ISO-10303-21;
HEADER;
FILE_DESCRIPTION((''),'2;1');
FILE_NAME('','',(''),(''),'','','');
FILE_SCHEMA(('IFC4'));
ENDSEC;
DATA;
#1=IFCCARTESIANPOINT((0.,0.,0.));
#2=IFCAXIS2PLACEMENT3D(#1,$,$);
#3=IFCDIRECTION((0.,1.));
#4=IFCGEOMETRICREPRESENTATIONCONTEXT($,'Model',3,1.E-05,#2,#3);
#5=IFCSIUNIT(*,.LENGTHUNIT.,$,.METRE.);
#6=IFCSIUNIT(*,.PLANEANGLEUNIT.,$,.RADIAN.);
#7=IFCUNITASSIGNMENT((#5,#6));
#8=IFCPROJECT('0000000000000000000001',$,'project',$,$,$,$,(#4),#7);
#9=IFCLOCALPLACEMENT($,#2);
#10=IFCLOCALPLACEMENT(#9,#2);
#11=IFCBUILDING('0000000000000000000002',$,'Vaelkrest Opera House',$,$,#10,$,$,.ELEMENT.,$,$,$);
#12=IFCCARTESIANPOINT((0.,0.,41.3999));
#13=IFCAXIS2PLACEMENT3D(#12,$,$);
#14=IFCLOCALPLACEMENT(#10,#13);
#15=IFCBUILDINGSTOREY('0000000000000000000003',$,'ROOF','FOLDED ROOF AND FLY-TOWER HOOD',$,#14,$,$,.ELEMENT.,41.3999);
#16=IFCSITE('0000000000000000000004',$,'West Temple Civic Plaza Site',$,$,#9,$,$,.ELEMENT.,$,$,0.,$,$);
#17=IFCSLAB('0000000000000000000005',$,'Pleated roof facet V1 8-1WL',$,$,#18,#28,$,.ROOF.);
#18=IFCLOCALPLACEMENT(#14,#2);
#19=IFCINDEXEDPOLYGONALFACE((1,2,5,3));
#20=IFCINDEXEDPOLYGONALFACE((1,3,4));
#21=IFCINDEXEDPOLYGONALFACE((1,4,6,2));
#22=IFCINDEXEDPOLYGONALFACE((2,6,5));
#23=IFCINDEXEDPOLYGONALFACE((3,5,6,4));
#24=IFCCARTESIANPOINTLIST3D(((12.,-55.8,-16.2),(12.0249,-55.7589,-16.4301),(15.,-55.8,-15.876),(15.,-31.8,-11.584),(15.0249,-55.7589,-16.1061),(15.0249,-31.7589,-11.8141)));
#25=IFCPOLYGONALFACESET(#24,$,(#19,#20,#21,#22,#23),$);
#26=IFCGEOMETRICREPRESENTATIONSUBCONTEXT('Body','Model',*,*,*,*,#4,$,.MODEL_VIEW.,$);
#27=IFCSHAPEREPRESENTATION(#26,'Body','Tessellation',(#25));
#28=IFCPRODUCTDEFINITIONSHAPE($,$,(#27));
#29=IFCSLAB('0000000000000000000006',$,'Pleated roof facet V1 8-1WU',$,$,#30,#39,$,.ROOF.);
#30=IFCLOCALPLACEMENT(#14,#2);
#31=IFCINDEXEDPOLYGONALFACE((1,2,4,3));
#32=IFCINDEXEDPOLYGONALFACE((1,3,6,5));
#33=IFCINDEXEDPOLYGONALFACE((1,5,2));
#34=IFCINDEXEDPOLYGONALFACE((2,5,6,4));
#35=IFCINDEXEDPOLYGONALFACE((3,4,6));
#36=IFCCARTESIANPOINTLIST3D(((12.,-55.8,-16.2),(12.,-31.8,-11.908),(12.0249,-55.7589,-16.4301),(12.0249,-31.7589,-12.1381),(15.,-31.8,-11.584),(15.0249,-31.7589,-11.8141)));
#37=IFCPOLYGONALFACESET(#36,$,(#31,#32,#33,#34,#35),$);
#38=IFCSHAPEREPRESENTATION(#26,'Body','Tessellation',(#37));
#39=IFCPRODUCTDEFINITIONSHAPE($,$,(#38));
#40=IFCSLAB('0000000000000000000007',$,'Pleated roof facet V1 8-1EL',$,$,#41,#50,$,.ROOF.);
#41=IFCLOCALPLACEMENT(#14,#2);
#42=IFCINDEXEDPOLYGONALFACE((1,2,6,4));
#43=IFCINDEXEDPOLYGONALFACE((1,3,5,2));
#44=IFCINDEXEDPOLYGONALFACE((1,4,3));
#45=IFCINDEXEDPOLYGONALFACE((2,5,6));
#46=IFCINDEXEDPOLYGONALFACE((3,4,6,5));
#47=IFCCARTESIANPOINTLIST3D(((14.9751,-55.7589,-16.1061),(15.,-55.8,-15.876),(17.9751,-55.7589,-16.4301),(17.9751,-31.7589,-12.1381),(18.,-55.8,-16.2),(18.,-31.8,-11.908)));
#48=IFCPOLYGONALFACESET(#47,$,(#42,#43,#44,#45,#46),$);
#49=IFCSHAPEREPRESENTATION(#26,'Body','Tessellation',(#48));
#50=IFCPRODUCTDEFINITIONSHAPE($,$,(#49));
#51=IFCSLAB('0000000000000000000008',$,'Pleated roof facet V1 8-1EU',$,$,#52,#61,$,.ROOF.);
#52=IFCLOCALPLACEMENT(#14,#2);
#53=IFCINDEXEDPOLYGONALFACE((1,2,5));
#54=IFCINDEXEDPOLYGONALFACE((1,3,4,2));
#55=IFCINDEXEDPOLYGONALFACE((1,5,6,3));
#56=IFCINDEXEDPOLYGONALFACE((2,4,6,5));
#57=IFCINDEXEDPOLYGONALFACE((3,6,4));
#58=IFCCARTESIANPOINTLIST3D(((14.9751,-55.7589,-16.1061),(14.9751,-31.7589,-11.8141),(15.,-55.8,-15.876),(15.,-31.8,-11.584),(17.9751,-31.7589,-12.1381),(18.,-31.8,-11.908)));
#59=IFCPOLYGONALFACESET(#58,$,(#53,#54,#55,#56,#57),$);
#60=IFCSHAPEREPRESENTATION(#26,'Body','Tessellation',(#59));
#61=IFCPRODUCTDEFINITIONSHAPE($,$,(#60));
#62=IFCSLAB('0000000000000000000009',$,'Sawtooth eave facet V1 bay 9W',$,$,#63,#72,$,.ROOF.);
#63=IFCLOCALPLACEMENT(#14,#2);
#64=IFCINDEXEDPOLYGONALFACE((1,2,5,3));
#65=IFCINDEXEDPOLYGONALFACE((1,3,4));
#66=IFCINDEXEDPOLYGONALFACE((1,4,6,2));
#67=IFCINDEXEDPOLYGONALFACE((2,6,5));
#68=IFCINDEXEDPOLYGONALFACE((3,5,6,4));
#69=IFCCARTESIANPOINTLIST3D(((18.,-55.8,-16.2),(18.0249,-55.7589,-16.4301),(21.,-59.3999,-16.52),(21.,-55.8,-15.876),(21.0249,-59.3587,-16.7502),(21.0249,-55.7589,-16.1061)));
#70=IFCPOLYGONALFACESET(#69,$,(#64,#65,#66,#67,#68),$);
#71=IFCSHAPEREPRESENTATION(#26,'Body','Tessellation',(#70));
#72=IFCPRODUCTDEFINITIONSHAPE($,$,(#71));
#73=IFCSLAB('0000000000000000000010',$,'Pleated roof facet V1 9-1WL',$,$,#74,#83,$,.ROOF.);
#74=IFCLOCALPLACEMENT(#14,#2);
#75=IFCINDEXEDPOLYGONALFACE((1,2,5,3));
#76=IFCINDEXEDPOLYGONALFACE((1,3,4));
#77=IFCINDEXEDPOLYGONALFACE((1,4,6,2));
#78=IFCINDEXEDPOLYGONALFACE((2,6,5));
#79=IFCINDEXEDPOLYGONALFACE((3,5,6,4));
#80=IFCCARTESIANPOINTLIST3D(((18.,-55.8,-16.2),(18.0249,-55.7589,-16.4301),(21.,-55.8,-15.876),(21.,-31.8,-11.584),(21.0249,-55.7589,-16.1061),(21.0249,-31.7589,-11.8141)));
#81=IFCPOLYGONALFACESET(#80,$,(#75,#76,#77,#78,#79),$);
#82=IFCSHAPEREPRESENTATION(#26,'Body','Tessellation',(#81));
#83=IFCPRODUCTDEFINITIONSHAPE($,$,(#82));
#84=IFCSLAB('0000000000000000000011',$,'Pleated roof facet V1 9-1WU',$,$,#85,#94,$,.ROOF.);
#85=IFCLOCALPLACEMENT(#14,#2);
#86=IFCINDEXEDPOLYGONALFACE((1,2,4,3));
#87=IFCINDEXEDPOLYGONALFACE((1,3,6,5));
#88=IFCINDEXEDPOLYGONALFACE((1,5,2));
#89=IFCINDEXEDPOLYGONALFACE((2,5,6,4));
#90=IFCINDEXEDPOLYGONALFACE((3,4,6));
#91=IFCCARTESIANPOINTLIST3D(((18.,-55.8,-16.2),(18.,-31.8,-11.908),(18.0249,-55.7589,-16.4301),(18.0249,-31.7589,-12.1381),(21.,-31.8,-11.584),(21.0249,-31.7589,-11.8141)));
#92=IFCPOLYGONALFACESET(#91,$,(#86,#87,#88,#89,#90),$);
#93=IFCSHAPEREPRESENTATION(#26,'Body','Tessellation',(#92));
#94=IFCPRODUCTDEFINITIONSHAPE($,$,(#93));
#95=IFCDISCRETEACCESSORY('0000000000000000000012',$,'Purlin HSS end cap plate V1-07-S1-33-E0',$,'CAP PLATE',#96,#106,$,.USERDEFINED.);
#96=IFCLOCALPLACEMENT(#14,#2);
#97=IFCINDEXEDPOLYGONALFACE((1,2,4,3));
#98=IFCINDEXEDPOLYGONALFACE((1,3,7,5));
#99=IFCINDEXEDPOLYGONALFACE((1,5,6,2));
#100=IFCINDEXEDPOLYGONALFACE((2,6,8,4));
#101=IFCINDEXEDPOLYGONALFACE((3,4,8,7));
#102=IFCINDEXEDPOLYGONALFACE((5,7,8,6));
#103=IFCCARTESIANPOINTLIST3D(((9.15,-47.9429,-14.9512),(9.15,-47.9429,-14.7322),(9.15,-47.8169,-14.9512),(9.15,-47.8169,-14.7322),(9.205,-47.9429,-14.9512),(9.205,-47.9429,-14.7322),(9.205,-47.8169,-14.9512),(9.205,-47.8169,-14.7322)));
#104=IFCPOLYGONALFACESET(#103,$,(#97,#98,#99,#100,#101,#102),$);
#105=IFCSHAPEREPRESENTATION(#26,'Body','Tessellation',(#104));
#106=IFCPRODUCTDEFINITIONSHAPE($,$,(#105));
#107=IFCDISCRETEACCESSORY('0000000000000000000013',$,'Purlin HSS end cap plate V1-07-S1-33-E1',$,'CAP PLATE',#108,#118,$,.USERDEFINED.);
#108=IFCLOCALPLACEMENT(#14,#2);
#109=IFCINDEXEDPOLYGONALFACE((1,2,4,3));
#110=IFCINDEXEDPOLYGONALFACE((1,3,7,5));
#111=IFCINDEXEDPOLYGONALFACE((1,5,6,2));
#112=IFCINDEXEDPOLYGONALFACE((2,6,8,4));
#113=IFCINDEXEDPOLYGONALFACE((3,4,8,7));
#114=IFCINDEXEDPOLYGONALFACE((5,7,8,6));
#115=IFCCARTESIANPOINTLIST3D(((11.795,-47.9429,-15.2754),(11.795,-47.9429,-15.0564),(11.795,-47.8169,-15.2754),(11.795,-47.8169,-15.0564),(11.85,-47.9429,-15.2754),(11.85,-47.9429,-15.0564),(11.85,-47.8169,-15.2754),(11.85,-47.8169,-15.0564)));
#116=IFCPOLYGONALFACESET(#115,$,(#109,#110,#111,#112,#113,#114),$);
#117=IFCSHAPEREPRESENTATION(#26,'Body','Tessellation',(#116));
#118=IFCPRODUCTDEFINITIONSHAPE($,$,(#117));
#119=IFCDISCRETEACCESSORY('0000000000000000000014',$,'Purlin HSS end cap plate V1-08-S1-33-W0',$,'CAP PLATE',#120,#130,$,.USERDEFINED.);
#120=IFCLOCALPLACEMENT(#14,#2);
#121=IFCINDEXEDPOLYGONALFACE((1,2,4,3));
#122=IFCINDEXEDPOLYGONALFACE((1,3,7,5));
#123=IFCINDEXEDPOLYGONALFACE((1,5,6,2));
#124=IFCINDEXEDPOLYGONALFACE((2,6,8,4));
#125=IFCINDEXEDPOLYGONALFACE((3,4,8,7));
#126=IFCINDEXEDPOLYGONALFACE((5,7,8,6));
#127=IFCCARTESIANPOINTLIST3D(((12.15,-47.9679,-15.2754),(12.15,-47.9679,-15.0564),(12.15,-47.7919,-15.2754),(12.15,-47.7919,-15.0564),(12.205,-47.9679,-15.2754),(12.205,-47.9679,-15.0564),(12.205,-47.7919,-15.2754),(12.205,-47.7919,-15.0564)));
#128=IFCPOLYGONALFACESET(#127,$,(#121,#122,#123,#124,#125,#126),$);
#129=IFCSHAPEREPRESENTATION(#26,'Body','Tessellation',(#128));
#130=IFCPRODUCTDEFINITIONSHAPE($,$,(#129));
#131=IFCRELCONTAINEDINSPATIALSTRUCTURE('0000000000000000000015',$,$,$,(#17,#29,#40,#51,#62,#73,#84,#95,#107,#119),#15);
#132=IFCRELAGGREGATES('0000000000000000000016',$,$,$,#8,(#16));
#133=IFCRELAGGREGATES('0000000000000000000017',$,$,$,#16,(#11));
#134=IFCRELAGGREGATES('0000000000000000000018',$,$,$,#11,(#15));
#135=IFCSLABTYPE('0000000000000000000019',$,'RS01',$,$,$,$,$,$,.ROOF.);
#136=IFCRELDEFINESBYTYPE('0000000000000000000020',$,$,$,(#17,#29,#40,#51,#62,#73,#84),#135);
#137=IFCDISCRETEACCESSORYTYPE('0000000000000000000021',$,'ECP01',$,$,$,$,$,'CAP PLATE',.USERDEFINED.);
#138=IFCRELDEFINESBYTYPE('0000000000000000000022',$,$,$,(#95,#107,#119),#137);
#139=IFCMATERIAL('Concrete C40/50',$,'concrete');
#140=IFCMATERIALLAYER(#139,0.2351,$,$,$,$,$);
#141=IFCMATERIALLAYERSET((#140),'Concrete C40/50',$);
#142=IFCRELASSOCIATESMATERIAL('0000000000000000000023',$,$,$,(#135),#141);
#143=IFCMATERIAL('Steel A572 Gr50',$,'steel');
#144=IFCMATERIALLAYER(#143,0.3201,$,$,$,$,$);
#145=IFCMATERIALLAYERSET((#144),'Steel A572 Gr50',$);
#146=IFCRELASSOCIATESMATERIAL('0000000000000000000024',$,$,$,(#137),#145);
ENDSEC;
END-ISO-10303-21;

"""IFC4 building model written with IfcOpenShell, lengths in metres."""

from ifc_helpers import new_model, si_unit, direction, frame, origin, origin_2d, place, context, subcontext, project, spatial, polyline, rectangle, outline, extrude, material, layer, layer_set, type_object, element, save


model = new_model("IFC4")

# Units and contexts
model_context = context("Model", 3, precision=1e-05, world=origin(), true_north=direction((0.0, 1.0)))
body_context = subcontext(model_context, "Body", "Model", "MODEL_VIEW")
ifc_project = project(units=[si_unit("LENGTHUNIT", "METRE"), si_unit("PLANEANGLEUNIT", "RADIAN")], contexts=[model_context])

# Site, building, storey
site_placement = place(None, origin())
site = spatial("IfcSite", under=ifc_project, at=site_placement, Name="West Temple Civic Plaza Site", CompositionType="ELEMENT", RefElevation=0.0)
building_placement = place(site_placement, origin())
building = spatial("IfcBuilding", under=site, at=building_placement, Name="Vaelkrest Opera House", CompositionType="ELEMENT")
storey_placement = place(building_placement, frame((0.0, 0.0, 41.3999)))
storey = spatial("IfcBuildingStorey", under=building, at=storey_placement, Name="ROOF", Description="FOLDED ROOF AND FLY-TOWER HOOD", CompositionType="ELEMENT", Elevation=41.3999)

# Shared definitions
ifc_material_1 = material(Name="Steel A572 Gr50", Category="steel")

# Slabs
ifc_material_2 = material(Name="Concrete C40/50", Category="concrete")
ifc_layer_1 = layer(ifc_material_2, 0.2351)
ifc_layer_set_1 = layer_set([ifc_layer_1], Name="Concrete C40/50")
slab_type = type_object("IfcSlabType", Name="RS01", PredefinedType="ROOF", material=ifc_layer_set_1)
slab_1_placement = place(storey_placement, frame((12.0, -55.8, -16.2), z_axis=(-0.105709, -0.175054, 0.978868), x_axis=(0.994219, 0.0, 0.107367)))
element("IfcSlab", 1, at=slab_1_placement, inside=storey, type_object=slab_type, Name="Pleated roof facet V1 8-1WL", PredefinedType="ROOF", context=body_context, shape_type="SweptSolid", body=[
    extrude(outline(polyline([(0.0, 0.0), (3.0174, 0.0), (3.4783, 24.3764), (0.0, 0.0)])), origin(), (0.0, 0.0, -1.0), 0.2351),
])
slab_2_placement = place(storey_placement, frame((12.0, -55.8, -16.2), z_axis=(-0.105709, -0.175054, 0.978868), x_axis=(0.121836, 0.974686, 0.187463)))
element("IfcSlab", 2, at=slab_2_placement, inside=storey, type_object=slab_type, Name="Pleated roof facet V1 8-1WU", PredefinedType="ROOF", context=body_context, shape_type="SweptSolid", body=[
    extrude(outline(polyline([(0.0, 0.0), (24.6233, 0.0), (24.1971, 2.9872), (0.0, 0.0)])), origin(), (0.0, 0.0, -1.0), 0.2351),
])
slab_3_placement = place(storey_placement, frame((15.0, -55.8, -15.876), z_axis=(0.105709, -0.175054, 0.978868), x_axis=(0.994219, 0.0, -0.107367)))
element("IfcSlab", 3, at=slab_3_placement, inside=storey, type_object=slab_type, Name="Pleated roof facet V1 8-1EL", PredefinedType="ROOF", context=body_context, shape_type="SweptSolid", body=[
    extrude(outline(polyline([(0.0, 0.0), (3.0174, 0.0), (2.5566, 24.3764), (0.0, 0.0)])), origin(), (0.0, 0.0, -1.0), 0.2351),
])
slab_4_placement = place(storey_placement, frame((15.0, -55.8, -15.876), z_axis=(0.105709, -0.175054, 0.978868), x_axis=(0.122399, 0.979188, 0.161893)))
element("IfcSlab", 4, at=slab_4_placement, inside=storey, type_object=slab_type, Name="Pleated roof facet V1 8-1EU", PredefinedType="ROOF", context=body_context, shape_type="SweptSolid", body=[
    extrude(outline(polyline([(0.0, 0.0), (24.5101, 0.0), (24.1954, 3.001), (0.0, 0.0)])), origin(), (0.0, 0.0, -1.0), 0.2351),
])
slab_5_placement = place(storey_placement, frame((18.0, -55.8, -16.2), z_axis=(-0.105708, -0.175125, 0.978855), x_axis=(0.638712, -0.766423, -0.068144)))
element("IfcSlab", 5, at=slab_5_placement, inside=storey, type_object=slab_type, Name="Sawtooth eave facet V1 bay 9W", PredefinedType="ROOF", context=body_context, shape_type="SweptSolid", body=[
    extrude(outline(polyline([(0.0, 0.0), (4.697, 0.0), (1.8941, 2.3489), (0.0, 0.0)])), origin(), (0.0, 0.0, -1.0), 0.2351),
])
slab_6_placement = place(storey_placement, frame((18.0, -55.8, -16.2), z_axis=(-0.105709, -0.175054, 0.978868), x_axis=(0.994219, 0.0, 0.107367)))
element("IfcSlab", 6, at=slab_6_placement, inside=storey, type_object=slab_type, Name="Pleated roof facet V1 9-1WL", PredefinedType="ROOF", context=body_context, shape_type="SweptSolid", body=[
    extrude(outline(polyline([(0.0, 0.0), (3.0174, 0.0), (3.4783, 24.3764), (0.0, 0.0)])), origin(), (0.0, 0.0, -1.0), 0.2351),
])
slab_7_placement = place(storey_placement, frame((18.0, -55.8, -16.2), z_axis=(-0.105709, -0.175054, 0.978868), x_axis=(0.121836, 0.974686, 0.187463)))
element("IfcSlab", 7, at=slab_7_placement, inside=storey, type_object=slab_type, Name="Pleated roof facet V1 9-1WU", PredefinedType="ROOF", context=body_context, shape_type="SweptSolid", body=[
    extrude(outline(polyline([(0.0, 0.0), (24.6233, 0.0), (24.1971, 2.9872), (0.0, 0.0)])), origin(), (0.0, 0.0, -1.0), 0.2351),
])

# Discrete accessories
ifc_layer_2 = layer(ifc_material_1, 0.3201)
ifc_layer_set_2 = layer_set([ifc_layer_2], Name="Steel A572 Gr50")
discrete_accessory_type = type_object("IfcDiscreteAccessoryType", Name="ECP01", ElementType="CAP PLATE", PredefinedType="USERDEFINED", material=ifc_layer_set_2)
for number, where, z_axis, x_axis, name in (
    (8, (9.1775, -47.8799, -14.9512), (0.0, 0.0, 1.0), (1.0, 0.0, 0.0), "Purlin HSS end cap plate V1-07-S1-33-E0"),
    (9, (11.8225, -47.8799, -15.2754), (0.0, 0.0, 1.0), (1.0, 0.0, 0.0), "Purlin HSS end cap plate V1-07-S1-33-E1"),
):
    element("IfcDiscreteAccessory", number, at=place(storey_placement, frame(where, z_axis=z_axis, x_axis=x_axis)), inside=storey, type_object=discrete_accessory_type, Name=name, ObjectType="CAP PLATE", PredefinedType="USERDEFINED", context=body_context, shape_type="SweptSolid", body=[
        extrude(rectangle(XDim=0.0549, YDim=0.126, at=origin_2d()), origin(), (0.0, 0.0, 1.0), 0.219),
    ])
discrete_accessory_placement = place(storey_placement, frame((12.1775, -47.8799, -15.2754), z_axis=(0.0, 0.0, 1.0), x_axis=(1.0, 0.0, 0.0)))
element("IfcDiscreteAccessory", 10, at=discrete_accessory_placement, inside=storey, type_object=discrete_accessory_type, Name="Purlin HSS end cap plate V1-08-S1-33-W0", ObjectType="CAP PLATE", PredefinedType="USERDEFINED", context=body_context, shape_type="SweptSolid", body=[
    extrude(rectangle(XDim=0.0549, YDim=0.176, at=origin_2d()), origin(), (0.0, 0.0, 1.0), 0.219),
])

save(model, "model.ifc")
